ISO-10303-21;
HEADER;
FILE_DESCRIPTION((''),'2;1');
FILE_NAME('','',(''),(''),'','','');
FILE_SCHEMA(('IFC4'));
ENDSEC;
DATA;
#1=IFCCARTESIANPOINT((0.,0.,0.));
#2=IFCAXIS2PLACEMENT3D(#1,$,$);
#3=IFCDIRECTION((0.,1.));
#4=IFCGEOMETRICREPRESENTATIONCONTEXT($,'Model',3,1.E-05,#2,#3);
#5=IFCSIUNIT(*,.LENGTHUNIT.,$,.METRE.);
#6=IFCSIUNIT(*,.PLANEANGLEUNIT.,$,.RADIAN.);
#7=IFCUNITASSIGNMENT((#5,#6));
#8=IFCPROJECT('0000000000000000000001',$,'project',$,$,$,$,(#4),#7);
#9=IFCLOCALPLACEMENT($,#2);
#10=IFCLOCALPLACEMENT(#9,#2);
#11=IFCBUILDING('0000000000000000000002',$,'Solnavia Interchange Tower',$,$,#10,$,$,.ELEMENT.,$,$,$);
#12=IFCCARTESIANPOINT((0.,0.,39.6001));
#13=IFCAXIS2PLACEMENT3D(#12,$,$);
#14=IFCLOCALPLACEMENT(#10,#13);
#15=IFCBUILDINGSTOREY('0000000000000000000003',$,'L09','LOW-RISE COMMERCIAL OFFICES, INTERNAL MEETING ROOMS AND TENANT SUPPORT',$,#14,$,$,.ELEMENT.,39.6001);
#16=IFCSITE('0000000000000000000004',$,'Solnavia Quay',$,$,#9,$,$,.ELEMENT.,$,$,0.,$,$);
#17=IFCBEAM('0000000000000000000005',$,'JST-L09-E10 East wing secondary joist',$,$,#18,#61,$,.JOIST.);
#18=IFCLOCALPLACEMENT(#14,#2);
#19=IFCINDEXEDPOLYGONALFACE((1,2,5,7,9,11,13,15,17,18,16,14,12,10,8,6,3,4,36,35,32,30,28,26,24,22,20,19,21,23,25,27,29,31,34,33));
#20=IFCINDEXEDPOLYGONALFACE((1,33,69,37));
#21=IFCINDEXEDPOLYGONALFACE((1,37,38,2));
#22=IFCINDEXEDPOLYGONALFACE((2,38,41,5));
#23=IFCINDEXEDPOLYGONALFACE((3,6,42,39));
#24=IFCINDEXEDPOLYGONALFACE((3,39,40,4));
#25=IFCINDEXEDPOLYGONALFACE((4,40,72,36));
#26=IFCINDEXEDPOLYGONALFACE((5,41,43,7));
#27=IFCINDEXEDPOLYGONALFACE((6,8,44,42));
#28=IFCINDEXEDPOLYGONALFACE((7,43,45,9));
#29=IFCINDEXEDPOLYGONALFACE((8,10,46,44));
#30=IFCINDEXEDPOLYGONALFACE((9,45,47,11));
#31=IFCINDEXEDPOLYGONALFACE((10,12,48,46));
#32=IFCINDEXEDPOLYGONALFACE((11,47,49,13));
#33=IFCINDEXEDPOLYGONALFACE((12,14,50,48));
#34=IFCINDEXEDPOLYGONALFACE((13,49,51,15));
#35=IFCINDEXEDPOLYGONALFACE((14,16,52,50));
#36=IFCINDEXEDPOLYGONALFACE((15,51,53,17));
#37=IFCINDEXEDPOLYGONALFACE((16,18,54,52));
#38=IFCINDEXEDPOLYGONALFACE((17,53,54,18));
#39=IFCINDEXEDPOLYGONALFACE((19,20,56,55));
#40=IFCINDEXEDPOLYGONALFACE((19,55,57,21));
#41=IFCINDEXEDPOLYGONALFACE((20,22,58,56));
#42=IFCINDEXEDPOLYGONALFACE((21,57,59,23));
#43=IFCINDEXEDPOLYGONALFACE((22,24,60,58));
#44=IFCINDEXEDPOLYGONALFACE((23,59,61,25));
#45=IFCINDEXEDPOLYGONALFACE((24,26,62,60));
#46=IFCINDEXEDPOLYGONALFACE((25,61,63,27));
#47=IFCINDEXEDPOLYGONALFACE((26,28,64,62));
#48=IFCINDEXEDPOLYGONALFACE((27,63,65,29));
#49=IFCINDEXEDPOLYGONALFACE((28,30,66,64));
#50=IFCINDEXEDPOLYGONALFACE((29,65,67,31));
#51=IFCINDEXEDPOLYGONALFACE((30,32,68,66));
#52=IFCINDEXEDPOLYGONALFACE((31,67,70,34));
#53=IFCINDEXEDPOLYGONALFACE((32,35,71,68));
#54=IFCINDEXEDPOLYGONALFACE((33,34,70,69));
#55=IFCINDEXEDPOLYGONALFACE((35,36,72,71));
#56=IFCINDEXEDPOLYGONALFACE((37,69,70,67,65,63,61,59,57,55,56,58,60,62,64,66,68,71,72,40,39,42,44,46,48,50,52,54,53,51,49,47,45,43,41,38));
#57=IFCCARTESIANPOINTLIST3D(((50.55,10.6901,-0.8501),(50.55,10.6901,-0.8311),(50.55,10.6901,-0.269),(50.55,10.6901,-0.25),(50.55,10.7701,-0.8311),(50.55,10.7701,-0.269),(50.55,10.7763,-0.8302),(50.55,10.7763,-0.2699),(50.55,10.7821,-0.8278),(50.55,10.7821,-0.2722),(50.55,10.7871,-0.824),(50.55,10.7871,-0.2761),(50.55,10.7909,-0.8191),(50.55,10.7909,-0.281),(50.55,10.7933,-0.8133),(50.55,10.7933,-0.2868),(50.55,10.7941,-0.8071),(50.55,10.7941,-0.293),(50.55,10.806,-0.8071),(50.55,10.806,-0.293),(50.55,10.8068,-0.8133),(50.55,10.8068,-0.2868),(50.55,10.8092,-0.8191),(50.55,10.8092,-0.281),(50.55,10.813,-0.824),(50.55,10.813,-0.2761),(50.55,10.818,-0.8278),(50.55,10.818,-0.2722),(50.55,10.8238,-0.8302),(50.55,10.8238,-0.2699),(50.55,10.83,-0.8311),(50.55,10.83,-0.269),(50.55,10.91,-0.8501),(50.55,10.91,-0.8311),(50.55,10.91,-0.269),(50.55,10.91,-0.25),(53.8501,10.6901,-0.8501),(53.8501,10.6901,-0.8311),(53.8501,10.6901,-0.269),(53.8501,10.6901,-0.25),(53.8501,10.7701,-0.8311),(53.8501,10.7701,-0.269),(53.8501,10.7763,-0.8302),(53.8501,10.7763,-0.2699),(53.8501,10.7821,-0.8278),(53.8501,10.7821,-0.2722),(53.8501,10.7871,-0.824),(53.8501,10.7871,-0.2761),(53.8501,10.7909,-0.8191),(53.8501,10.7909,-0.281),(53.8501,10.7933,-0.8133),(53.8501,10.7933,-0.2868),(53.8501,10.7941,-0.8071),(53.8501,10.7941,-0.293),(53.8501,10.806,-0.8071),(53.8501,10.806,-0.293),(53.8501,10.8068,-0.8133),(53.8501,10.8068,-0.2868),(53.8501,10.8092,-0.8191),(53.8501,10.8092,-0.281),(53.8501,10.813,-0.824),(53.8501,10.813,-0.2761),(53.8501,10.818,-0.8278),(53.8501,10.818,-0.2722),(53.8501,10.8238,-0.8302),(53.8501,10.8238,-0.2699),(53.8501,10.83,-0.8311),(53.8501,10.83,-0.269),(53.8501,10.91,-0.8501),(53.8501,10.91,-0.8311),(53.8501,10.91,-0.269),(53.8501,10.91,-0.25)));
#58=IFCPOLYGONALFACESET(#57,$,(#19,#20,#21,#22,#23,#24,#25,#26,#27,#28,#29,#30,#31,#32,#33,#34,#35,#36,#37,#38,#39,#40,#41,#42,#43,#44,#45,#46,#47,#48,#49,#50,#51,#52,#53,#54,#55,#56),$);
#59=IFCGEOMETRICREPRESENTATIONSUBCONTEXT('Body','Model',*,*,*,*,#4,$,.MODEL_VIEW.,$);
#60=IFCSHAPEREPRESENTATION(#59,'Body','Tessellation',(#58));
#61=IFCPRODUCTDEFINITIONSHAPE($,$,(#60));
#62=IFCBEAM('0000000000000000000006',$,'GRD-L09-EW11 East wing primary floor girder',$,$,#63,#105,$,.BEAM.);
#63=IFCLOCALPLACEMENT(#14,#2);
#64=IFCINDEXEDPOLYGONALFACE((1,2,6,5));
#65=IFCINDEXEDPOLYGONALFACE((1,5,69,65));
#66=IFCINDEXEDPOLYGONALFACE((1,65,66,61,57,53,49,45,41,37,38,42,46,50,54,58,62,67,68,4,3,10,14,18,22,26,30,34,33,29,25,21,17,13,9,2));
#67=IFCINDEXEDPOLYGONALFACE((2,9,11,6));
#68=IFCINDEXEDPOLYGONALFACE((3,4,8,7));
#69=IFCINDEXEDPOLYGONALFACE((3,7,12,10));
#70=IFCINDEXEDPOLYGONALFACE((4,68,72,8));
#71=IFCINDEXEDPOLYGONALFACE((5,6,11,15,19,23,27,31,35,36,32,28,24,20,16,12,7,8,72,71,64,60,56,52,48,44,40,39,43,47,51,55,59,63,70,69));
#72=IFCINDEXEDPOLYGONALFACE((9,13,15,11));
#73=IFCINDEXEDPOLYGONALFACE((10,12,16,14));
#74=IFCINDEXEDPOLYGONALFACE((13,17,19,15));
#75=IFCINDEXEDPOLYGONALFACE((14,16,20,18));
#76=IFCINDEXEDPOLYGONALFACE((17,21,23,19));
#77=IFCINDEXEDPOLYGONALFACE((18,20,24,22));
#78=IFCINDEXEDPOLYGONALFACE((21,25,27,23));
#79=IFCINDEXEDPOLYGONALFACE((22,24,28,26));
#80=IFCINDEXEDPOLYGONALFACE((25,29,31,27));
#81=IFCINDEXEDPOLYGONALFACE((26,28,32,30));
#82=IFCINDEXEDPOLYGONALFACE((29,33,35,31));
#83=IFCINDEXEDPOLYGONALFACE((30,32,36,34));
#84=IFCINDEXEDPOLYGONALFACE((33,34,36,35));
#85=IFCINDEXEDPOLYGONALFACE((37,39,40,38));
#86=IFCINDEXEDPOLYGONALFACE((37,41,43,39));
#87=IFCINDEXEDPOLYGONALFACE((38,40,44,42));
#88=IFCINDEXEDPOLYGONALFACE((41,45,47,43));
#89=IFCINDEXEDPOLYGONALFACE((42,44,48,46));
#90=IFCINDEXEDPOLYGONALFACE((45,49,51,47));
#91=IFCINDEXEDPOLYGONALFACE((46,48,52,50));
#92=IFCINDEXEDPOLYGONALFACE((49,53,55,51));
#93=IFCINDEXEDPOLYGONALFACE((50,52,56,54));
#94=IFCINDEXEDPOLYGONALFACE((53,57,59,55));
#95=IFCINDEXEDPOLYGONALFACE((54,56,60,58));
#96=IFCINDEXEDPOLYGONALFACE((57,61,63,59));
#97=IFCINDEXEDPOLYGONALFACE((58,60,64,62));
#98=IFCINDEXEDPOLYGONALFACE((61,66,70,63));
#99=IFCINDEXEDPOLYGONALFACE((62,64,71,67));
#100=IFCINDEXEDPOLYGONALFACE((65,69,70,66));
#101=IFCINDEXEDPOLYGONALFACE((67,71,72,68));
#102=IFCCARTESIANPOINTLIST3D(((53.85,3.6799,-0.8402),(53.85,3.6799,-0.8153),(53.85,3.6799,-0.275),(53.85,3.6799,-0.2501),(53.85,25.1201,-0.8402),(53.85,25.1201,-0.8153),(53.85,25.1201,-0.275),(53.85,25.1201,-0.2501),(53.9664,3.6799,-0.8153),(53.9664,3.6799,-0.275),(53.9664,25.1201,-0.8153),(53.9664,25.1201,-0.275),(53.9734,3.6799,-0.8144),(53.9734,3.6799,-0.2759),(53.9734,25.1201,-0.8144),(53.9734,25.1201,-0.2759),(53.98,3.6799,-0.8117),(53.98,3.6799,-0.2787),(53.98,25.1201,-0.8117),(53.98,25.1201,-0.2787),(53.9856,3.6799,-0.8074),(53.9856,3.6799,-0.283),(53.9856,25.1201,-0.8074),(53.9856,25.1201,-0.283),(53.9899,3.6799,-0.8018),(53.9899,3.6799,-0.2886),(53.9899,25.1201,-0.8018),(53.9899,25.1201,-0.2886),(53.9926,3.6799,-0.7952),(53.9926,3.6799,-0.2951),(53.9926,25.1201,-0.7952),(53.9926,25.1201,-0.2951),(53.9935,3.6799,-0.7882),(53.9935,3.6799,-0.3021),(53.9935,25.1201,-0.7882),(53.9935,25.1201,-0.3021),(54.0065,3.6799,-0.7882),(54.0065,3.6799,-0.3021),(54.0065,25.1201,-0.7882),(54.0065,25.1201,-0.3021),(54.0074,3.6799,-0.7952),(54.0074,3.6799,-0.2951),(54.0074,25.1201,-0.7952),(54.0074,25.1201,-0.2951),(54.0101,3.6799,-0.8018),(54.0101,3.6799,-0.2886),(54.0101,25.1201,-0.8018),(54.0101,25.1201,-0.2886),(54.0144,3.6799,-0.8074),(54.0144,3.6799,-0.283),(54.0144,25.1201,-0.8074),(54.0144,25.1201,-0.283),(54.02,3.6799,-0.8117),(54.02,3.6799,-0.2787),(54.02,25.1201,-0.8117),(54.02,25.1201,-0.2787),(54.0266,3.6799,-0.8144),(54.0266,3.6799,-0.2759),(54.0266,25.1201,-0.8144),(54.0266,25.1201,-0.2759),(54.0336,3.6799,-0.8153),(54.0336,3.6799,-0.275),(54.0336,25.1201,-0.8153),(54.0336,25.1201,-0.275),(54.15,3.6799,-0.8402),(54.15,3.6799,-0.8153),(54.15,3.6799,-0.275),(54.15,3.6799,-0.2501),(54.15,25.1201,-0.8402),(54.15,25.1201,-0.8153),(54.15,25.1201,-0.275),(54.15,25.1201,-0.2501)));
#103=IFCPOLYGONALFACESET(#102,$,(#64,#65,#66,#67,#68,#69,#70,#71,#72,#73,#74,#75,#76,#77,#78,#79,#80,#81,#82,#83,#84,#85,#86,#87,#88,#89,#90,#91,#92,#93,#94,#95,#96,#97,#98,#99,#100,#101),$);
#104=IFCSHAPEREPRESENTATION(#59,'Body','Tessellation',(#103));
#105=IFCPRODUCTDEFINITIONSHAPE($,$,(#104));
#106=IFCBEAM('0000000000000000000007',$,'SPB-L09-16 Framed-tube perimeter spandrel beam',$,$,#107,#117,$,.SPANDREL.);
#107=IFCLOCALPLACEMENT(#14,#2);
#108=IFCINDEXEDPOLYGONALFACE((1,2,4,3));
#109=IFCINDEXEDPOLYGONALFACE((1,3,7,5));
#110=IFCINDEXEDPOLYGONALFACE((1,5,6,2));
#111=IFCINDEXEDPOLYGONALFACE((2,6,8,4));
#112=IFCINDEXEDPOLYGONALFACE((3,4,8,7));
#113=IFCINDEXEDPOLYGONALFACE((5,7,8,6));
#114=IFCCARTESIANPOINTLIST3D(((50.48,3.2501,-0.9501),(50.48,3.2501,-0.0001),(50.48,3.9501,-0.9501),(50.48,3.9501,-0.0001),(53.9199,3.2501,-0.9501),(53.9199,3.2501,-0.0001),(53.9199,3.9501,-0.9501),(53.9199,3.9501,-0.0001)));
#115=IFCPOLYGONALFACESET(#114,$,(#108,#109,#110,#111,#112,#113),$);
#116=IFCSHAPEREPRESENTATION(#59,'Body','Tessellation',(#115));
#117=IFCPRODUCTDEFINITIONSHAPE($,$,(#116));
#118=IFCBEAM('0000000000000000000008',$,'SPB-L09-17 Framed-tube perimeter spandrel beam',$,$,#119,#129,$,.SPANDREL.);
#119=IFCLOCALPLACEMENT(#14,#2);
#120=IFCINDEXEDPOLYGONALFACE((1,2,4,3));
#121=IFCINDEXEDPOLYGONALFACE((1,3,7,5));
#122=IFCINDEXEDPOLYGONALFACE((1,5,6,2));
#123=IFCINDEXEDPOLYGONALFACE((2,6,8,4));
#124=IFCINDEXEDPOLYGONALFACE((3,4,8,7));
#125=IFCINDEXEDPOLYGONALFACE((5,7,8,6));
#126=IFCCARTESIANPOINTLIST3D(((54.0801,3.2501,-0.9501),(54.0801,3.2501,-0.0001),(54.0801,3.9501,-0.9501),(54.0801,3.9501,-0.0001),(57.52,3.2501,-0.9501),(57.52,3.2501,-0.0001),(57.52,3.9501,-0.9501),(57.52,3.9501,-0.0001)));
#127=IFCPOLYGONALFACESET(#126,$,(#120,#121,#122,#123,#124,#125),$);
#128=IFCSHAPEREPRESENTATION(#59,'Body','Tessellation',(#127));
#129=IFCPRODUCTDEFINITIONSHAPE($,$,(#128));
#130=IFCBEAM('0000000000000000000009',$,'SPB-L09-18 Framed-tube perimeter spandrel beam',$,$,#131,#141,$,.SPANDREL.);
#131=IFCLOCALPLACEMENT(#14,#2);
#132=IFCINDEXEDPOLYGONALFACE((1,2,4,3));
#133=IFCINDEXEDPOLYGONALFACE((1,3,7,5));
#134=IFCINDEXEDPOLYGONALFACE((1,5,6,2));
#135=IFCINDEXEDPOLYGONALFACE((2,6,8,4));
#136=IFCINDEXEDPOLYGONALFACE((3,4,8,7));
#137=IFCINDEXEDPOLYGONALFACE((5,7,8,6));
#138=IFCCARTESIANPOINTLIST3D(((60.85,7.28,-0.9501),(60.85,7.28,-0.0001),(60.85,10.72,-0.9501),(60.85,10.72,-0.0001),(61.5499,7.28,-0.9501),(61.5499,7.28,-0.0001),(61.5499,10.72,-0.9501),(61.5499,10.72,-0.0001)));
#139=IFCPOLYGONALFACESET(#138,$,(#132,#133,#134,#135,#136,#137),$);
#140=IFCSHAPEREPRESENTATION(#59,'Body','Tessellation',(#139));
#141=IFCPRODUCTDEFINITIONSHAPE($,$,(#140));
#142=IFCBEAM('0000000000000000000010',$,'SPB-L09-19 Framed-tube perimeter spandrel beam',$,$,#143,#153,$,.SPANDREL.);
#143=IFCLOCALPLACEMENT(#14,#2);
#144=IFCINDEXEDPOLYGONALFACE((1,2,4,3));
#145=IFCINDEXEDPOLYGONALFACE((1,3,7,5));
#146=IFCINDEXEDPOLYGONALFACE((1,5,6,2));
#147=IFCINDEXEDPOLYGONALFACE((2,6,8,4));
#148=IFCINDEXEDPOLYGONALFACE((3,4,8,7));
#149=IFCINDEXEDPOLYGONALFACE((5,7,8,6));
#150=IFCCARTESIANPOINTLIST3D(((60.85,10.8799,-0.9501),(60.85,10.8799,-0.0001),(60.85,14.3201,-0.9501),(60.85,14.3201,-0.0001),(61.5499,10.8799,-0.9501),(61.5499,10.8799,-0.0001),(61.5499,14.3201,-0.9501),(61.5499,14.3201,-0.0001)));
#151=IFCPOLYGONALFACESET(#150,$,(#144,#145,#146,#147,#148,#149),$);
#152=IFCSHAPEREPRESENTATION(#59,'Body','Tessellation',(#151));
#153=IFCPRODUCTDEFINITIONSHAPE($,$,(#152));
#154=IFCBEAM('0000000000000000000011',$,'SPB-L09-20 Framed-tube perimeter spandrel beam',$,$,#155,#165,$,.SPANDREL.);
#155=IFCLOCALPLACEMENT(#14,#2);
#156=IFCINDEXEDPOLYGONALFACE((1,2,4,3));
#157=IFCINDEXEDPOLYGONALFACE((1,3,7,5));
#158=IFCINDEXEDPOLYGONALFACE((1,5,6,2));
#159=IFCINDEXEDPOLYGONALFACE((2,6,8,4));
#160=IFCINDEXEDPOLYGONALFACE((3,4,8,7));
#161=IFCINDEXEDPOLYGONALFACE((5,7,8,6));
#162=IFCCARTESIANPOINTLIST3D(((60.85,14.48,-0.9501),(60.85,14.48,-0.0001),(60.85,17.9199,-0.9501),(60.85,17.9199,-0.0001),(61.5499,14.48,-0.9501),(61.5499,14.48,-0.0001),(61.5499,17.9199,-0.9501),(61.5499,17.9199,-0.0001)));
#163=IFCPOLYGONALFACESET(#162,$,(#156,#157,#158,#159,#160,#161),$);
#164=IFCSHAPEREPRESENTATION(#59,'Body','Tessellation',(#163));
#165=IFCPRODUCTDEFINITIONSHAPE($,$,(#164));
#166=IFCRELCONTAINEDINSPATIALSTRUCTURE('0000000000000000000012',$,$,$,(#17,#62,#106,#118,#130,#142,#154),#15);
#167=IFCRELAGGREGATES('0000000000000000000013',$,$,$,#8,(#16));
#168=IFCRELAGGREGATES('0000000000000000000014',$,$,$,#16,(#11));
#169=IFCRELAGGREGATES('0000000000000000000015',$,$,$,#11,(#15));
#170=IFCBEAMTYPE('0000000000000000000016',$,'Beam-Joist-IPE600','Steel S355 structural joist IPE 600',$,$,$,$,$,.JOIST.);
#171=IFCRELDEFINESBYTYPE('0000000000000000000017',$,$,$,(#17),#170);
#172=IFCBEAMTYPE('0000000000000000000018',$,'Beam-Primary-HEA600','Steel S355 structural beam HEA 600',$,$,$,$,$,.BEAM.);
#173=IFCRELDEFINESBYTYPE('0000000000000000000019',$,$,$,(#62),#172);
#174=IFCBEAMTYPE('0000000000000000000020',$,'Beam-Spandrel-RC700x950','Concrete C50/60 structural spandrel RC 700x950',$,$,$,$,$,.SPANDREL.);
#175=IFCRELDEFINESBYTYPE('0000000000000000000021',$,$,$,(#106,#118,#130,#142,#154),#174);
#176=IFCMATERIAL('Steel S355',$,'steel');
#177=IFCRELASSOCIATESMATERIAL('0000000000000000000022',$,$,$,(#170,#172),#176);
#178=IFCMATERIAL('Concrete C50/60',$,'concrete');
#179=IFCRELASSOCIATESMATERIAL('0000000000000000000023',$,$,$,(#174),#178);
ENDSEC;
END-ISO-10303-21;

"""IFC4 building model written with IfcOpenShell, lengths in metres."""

from ifc_helpers import new_model, si_unit, direction, frame, origin, origin_2d, place, context, subcontext, project, spatial, rectangle, i_section, extrude, material, material_profile, profile_set, type_object, element, save


model = new_model("IFC4")

# Units and contexts
model_context = context("Model", 3, precision=1e-05, world=origin(), true_north=direction((0.0, 1.0)))
body_context = subcontext(model_context, "Body", "Model", "MODEL_VIEW")
ifc_project = project(units=[si_unit("LENGTHUNIT", "METRE"), si_unit("PLANEANGLEUNIT", "RADIAN")], contexts=[model_context])

# Site, building, storey
site_placement = place(None, origin())
site = spatial("IfcSite", under=ifc_project, at=site_placement, Name="Solnavia Quay", CompositionType="ELEMENT", RefElevation=0.0)
building_placement = place(site_placement, origin())
building = spatial("IfcBuilding", under=site, at=building_placement, Name="Solnavia Interchange Tower", CompositionType="ELEMENT")
storey_placement = place(building_placement, frame((0.0, 0.0, 39.6001)))
storey = spatial("IfcBuildingStorey", under=building, at=storey_placement, Name="L09", Description="LOW-RISE COMMERCIAL OFFICES, INTERNAL MEETING ROOMS AND TENANT SUPPORT", CompositionType="ELEMENT", Elevation=39.6001)

# Beams
ifc_material_1 = material(Name="Steel S355", Category="steel")
ifc_material_profile_1 = material_profile(ifc_material_1, i_section(OverallWidth=0.22, OverallDepth=0.6001, WebThickness=0.012, FlangeThickness=0.019, FilletRadius=0.0239, at=origin_2d()), Name="IPE 600")
ifc_profile_set_1 = profile_set([ifc_material_profile_1], Name="Steel S355")
beam_type_1 = type_object("IfcBeamType", Name="Beam-Joist-IPE600", Description="Steel S355 structural joist IPE 600", PredefinedType="JOIST", material=ifc_profile_set_1)
beam_1_placement = place(storey_placement, frame((50.55, 10.8, -0.55), z_axis=(1.0, 0.0, 0.0), x_axis=(0.0, 1.0, 0.0)))
element("IfcBeam", 1, at=beam_1_placement, inside=storey, type_object=beam_type_1, Name="JST-L09-E10 East wing secondary joist", PredefinedType="JOIST", context=body_context, shape_type="SweptSolid", body=[
    extrude(i_section(OverallWidth=0.22, OverallDepth=0.6001, WebThickness=0.012, FlangeThickness=0.019, FilletRadius=0.0239, at=origin_2d()), origin(), (0.0, 0.0, 1.0), 3.3),
])
ifc_material_profile_2 = material_profile(ifc_material_1, i_section(OverallWidth=0.3, OverallDepth=0.5901, WebThickness=0.0129, FlangeThickness=0.0249, FilletRadius=0.0271, at=origin_2d()), Name="HEA 600")
ifc_profile_set_2 = profile_set([ifc_material_profile_2], Name="Steel S355")
beam_type_2 = type_object("IfcBeamType", Name="Beam-Primary-HEA600", Description="Steel S355 structural beam HEA 600", PredefinedType="BEAM", material=ifc_profile_set_2)
beam_2_placement = place(storey_placement, frame((54.0, 3.6799, -0.5452), z_axis=(0.0, 1.0, 0.0), x_axis=(-1.0, 0.0, 0.0)))
element("IfcBeam", 2, at=beam_2_placement, inside=storey, type_object=beam_type_2, Name="GRD-L09-EW11 East wing primary floor girder", PredefinedType="BEAM", context=body_context, shape_type="SweptSolid", body=[
    extrude(i_section(OverallWidth=0.3, OverallDepth=0.5901, WebThickness=0.0129, FlangeThickness=0.0249, FilletRadius=0.0271, at=origin_2d()), origin(), (0.0, 0.0, 1.0), 21.4402),
])
ifc_material_2 = material(Name="Concrete C50/60", Category="concrete")
ifc_material_profile_3 = material_profile(ifc_material_2, rectangle(XDim=0.7, YDim=0.95, at=origin_2d()), Name="RC 700x950")
ifc_profile_set_3 = profile_set([ifc_material_profile_3], Name="Concrete C50/60")
beam_type_3 = type_object("IfcBeamType", Name="Beam-Spandrel-RC700x950", Description="Concrete C50/60 structural spandrel RC 700x950", PredefinedType="SPANDREL", material=ifc_profile_set_3)
for number, where, z_axis, x_axis, name in (
    (3, (50.48, 3.6001, -0.4751), (1.0, 0.0, 0.0), (0.0, 1.0, 0.0), "SPB-L09-16 Framed-tube perimeter spandrel beam"),
    (4, (54.0801, 3.6001, -0.4751), (1.0, 0.0, 0.0), (0.0, 1.0, 0.0), "SPB-L09-17 Framed-tube perimeter spandrel beam"),
    (5, (61.2, 7.28, -0.4751), (0.0, 1.0, 0.0), (-1.0, 0.0, 0.0), "SPB-L09-18 Framed-tube perimeter spandrel beam"),
):
    element("IfcBeam", number, at=place(storey_placement, frame(where, z_axis=z_axis, x_axis=x_axis)), inside=storey, type_object=beam_type_3, Name=name, PredefinedType="SPANDREL", context=body_context, shape_type="SweptSolid", body=[
        extrude(rectangle(XDim=0.7, YDim=0.95, at=origin_2d()), origin(), (0.0, 0.0, 1.0), 3.4399),
    ])
beam_3_placement = place(storey_placement, frame((61.2, 10.8799, -0.4751), z_axis=(0.0, 1.0, 0.0), x_axis=(-1.0, 0.0, 0.0)))
element("IfcBeam", 6, at=beam_3_placement, inside=storey, type_object=beam_type_3, Name="SPB-L09-19 Framed-tube perimeter spandrel beam", PredefinedType="SPANDREL", context=body_context, shape_type="SweptSolid", body=[
    extrude(rectangle(XDim=0.7, YDim=0.95, at=origin_2d()), origin(), (0.0, 0.0, 1.0), 3.4402),
])
beam_4_placement = place(storey_placement, frame((61.2, 14.48, -0.4751), z_axis=(0.0, 1.0, 0.0), x_axis=(-1.0, 0.0, 0.0)))
element("IfcBeam", 7, at=beam_4_placement, inside=storey, type_object=beam_type_3, Name="SPB-L09-20 Framed-tube perimeter spandrel beam", PredefinedType="SPANDREL", context=body_context, shape_type="SweptSolid", body=[
    extrude(rectangle(XDim=0.7, YDim=0.95, at=origin_2d()), origin(), (0.0, 0.0, 1.0), 3.4399),
])

save(model, "model.ifc")
